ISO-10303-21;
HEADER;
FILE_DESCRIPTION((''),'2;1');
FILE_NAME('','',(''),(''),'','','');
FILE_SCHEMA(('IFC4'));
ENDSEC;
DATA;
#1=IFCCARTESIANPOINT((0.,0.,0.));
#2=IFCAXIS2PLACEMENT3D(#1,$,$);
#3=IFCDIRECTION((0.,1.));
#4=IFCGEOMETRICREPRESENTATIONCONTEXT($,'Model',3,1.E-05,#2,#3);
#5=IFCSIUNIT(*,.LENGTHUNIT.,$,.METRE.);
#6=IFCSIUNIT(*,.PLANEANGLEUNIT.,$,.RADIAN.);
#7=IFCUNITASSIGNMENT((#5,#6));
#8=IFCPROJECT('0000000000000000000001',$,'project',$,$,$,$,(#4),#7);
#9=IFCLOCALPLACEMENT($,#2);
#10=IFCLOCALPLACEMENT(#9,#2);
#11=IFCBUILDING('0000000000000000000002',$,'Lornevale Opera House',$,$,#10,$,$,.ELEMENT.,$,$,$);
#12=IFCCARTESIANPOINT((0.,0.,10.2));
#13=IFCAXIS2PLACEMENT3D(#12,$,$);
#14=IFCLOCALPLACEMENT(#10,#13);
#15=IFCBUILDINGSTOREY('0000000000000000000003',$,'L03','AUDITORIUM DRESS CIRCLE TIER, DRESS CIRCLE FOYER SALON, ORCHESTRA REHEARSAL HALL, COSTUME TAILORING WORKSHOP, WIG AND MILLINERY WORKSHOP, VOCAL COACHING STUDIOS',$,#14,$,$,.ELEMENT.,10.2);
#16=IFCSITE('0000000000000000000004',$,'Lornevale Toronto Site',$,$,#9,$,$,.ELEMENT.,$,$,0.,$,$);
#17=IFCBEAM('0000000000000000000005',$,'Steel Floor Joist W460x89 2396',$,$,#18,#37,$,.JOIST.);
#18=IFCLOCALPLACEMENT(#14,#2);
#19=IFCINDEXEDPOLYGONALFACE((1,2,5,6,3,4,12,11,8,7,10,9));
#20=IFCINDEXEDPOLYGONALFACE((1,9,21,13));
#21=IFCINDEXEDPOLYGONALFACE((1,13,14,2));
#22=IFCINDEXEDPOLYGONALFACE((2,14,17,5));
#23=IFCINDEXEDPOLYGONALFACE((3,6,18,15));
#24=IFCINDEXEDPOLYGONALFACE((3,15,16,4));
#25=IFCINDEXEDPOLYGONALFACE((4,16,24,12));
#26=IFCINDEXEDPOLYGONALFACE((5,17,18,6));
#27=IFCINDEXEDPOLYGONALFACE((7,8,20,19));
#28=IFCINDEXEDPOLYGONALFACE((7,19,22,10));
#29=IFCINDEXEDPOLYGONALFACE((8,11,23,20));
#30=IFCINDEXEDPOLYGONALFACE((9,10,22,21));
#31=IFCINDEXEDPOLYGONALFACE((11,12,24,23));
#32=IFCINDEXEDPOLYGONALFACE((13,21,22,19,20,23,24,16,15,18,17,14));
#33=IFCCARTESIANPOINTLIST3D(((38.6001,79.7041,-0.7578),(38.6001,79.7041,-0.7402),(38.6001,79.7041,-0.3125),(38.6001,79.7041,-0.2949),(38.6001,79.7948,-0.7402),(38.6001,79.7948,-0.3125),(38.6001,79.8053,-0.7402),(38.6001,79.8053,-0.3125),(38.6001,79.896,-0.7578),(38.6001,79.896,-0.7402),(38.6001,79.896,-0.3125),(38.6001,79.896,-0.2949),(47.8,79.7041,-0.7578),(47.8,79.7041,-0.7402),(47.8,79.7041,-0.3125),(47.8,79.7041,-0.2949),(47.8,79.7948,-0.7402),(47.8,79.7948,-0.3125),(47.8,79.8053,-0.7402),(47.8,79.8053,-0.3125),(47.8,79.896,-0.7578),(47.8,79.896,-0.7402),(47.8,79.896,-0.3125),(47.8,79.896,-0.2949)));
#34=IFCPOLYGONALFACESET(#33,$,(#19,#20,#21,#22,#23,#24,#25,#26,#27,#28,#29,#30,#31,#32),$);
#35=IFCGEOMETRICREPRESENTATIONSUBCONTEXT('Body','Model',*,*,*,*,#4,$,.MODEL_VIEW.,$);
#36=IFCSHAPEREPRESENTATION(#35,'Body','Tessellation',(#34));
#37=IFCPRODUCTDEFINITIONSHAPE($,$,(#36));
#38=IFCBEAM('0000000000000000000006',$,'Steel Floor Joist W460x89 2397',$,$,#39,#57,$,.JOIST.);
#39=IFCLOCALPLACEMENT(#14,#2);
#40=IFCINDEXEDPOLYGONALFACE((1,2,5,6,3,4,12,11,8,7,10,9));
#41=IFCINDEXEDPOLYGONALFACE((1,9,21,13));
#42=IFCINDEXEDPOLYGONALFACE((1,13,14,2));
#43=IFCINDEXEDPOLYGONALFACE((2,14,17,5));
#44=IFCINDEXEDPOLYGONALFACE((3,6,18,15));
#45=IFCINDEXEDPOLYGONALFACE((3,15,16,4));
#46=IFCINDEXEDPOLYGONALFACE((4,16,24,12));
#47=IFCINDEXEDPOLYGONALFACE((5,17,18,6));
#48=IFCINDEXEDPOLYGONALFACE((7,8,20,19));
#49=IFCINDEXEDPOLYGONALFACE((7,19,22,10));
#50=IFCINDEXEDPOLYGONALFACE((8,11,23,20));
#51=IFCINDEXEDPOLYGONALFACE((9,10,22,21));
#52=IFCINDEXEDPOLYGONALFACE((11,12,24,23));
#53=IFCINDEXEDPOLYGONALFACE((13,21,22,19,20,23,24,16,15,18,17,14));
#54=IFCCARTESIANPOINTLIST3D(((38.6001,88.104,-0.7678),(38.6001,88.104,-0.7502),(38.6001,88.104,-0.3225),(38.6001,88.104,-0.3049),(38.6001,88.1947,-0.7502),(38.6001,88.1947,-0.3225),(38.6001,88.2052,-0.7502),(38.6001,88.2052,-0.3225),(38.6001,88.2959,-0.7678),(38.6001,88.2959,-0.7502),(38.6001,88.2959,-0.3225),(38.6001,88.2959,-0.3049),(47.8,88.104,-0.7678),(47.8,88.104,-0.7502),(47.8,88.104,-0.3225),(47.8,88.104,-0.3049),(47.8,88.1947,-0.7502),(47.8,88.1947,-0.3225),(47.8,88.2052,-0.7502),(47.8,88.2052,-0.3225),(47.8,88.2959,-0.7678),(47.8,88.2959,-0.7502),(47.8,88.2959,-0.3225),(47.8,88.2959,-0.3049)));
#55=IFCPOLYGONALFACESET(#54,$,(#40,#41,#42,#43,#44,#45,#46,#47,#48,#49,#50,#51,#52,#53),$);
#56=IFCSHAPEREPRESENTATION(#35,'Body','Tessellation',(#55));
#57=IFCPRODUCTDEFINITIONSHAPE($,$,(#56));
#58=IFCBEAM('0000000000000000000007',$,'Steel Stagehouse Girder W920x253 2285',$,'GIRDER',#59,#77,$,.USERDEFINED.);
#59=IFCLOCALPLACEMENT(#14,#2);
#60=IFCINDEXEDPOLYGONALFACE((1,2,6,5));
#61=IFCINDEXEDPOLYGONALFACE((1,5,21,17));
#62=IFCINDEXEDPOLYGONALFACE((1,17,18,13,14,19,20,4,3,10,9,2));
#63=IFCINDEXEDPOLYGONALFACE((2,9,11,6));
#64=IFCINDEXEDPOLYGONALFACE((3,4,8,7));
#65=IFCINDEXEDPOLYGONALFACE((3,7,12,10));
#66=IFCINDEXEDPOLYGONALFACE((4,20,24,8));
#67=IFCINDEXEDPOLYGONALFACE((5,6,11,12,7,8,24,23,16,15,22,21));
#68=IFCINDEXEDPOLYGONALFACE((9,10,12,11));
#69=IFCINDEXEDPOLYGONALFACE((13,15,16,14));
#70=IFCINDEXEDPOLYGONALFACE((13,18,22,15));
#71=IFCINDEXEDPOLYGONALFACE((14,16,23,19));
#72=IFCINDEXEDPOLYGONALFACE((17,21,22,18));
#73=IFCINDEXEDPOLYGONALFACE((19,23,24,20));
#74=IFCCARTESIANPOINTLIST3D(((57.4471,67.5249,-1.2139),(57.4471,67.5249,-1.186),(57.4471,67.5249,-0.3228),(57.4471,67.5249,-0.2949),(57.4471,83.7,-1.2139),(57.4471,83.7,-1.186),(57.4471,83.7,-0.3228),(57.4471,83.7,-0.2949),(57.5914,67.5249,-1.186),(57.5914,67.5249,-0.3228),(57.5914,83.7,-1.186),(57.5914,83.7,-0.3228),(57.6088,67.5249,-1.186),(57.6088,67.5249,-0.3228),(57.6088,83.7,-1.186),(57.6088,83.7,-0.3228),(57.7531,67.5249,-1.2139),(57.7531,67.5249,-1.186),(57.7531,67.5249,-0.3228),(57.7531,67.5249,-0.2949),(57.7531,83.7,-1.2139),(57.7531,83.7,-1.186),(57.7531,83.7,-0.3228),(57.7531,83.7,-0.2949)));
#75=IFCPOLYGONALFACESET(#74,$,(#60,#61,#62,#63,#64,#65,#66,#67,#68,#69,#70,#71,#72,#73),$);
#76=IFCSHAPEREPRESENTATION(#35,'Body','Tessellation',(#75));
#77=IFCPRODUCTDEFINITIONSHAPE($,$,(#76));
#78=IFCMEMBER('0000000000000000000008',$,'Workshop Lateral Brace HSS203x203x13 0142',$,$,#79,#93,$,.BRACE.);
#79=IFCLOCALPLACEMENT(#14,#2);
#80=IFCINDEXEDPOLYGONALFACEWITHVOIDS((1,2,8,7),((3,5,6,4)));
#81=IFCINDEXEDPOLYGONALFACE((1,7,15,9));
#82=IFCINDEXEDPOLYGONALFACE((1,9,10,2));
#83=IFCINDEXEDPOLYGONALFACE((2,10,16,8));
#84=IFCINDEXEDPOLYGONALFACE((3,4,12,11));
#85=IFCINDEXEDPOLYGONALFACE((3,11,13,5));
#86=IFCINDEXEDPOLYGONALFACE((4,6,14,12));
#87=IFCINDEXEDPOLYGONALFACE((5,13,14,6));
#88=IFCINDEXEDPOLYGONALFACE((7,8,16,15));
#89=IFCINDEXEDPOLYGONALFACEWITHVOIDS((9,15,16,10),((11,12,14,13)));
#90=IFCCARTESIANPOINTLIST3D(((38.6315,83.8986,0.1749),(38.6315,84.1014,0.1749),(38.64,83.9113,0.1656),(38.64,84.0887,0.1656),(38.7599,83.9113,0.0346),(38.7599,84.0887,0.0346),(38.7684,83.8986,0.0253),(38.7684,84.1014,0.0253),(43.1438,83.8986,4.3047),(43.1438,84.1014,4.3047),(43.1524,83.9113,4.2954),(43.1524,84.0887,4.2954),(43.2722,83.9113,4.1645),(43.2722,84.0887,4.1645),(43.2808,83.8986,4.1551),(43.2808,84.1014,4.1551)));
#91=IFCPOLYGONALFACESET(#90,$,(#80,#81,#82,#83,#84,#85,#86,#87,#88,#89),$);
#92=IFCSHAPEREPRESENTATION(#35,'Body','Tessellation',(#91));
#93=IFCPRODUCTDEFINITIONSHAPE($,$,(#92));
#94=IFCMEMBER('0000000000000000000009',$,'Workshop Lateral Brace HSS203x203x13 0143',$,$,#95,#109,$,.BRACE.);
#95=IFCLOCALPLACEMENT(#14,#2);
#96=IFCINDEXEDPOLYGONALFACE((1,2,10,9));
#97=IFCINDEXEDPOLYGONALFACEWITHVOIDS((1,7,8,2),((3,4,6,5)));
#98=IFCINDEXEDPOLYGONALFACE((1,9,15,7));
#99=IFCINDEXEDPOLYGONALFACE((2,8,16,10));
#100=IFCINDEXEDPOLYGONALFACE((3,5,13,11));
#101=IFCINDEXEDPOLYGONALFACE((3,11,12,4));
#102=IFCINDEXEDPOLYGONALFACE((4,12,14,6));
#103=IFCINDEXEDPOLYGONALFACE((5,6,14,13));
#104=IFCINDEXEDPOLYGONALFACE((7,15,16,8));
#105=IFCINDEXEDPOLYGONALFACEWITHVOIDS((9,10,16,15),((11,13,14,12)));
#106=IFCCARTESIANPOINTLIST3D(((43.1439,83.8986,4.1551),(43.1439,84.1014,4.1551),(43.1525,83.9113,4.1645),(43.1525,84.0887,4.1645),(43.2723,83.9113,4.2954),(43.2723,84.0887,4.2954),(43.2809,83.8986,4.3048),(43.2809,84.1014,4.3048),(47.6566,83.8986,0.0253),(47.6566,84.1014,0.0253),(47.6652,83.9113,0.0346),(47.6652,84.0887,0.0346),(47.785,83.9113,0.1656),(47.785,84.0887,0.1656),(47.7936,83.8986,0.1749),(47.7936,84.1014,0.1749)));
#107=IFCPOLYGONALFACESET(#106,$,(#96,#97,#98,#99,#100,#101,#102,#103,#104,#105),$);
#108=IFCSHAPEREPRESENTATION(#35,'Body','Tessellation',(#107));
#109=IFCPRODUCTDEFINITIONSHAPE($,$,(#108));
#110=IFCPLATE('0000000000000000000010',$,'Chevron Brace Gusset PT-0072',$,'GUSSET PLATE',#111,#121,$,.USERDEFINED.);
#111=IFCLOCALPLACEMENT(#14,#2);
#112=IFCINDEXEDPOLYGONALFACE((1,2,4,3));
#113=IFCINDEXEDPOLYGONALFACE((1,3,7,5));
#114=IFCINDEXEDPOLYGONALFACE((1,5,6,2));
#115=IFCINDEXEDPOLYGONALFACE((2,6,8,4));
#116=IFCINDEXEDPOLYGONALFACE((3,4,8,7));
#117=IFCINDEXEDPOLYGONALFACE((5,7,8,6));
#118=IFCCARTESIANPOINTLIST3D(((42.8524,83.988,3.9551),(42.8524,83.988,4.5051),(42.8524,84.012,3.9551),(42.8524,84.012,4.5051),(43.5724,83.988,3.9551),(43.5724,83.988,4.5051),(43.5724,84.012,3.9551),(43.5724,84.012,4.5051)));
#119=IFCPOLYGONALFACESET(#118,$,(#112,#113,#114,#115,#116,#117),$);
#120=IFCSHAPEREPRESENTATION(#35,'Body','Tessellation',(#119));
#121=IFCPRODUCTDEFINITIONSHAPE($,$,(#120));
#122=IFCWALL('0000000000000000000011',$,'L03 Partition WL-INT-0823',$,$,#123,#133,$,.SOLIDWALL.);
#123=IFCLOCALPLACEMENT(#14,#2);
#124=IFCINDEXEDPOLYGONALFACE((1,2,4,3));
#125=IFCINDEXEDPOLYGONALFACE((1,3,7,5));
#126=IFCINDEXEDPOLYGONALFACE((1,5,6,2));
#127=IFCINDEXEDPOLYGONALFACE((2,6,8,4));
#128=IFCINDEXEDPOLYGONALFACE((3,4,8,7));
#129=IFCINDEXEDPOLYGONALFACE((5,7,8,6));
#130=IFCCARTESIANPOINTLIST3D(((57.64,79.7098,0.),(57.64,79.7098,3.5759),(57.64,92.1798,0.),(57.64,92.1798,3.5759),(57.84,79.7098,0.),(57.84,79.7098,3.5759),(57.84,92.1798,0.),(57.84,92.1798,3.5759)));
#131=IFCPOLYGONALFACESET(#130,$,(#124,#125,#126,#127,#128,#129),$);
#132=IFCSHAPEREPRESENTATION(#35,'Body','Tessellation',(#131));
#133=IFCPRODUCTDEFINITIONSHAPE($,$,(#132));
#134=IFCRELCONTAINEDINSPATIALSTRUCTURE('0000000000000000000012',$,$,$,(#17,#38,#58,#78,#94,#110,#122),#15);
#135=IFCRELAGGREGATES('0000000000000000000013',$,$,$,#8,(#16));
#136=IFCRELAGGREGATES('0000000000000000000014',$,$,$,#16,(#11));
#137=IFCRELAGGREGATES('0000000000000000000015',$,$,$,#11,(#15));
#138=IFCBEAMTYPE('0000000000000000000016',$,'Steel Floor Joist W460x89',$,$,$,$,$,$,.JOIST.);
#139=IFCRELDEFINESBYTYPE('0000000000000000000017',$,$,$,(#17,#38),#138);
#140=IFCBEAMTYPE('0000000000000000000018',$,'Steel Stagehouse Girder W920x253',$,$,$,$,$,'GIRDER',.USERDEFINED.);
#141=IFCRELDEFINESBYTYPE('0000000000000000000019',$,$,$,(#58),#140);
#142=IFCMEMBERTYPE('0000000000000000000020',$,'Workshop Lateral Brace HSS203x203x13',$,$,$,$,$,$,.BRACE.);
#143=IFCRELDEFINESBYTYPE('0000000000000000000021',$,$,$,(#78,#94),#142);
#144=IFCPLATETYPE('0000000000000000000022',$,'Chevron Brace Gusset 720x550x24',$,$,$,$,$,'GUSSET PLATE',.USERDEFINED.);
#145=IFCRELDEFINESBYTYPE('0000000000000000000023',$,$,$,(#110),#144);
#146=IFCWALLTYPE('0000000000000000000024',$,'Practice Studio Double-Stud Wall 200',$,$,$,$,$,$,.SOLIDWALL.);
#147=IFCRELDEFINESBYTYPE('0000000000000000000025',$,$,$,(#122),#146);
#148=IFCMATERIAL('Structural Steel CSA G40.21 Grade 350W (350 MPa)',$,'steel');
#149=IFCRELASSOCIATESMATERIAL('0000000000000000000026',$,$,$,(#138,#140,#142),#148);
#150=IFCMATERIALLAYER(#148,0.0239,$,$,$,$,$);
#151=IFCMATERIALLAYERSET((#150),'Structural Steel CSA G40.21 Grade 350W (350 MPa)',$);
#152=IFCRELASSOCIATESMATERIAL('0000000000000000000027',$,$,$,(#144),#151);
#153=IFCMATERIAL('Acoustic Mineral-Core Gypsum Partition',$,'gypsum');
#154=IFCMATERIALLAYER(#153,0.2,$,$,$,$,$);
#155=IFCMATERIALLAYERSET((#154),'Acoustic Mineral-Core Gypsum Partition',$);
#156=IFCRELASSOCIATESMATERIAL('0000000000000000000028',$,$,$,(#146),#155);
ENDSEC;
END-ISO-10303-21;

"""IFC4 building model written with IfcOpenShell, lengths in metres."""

from ifc_helpers import new_model, si_unit, direction, frame, frame_2d, origin, origin_2d, place, context, subcontext, project, spatial, rectangle, hollow_rectangle, i_section, extrude, material, layer, layer_set, material_profile, profile_set, type_object, element, save


model = new_model("IFC4")

# Units and contexts
model_context = context("Model", 3, precision=1e-05, world=origin(), true_north=direction((0.0, 1.0)))
body_context = subcontext(model_context, "Body", "Model", "MODEL_VIEW")
ifc_project = project(units=[si_unit("LENGTHUNIT", "METRE"), si_unit("PLANEANGLEUNIT", "RADIAN")], contexts=[model_context])

# Site, building, storey
site_placement = place(None, origin())
site = spatial("IfcSite", under=ifc_project, at=site_placement, Name="Lornevale Toronto Site", CompositionType="ELEMENT", RefElevation=0.0)
building_placement = place(site_placement, origin())
building = spatial("IfcBuilding", under=site, at=building_placement, Name="Lornevale Opera House", CompositionType="ELEMENT")
storey_placement = place(building_placement, frame((0.0, 0.0, 10.2)))
storey = spatial("IfcBuildingStorey", under=building, at=storey_placement, Name="L03", Description="AUDITORIUM DRESS CIRCLE TIER, DRESS CIRCLE FOYER SALON, ORCHESTRA REHEARSAL HALL, COSTUME TAILORING WORKSHOP, WIG AND MILLINERY WORKSHOP, VOCAL COACHING STUDIOS", CompositionType="ELEMENT", Elevation=10.2)

# Beams
ifc_material_1 = material(Name="Structural Steel CSA G40.21 Grade 350W (350 MPa)", Category="steel")
ifc_material_profile_1 = material_profile(ifc_material_1, i_section(OverallWidth=0.1919, OverallDepth=0.4629, WebThickness=0.0105, FlangeThickness=0.0176, at=origin_2d()), Name="W460x89")
ifc_profile_set_1 = profile_set([ifc_material_profile_1], Name="Structural Steel CSA G40.21 Grade 350W (350 MPa)")
beam_type_1 = type_object("IfcBeamType", Name="Steel Floor Joist W460x89", PredefinedType="JOIST", material=ifc_profile_set_1)
for number, where, z_axis, x_axis, name in (
    (1, (38.6001, 79.8, -0.5264), (1.0, 0.0, 0.0), (0.0, 1.0, 0.0), "Steel Floor Joist W460x89 2396"),
    (2, (38.6001, 88.2, -0.5364), (1.0, 0.0, 0.0), (0.0, 1.0, 0.0), "Steel Floor Joist W460x89 2397"),
):
    element("IfcBeam", number, at=place(storey_placement, frame(where, z_axis=z_axis, x_axis=x_axis)), inside=storey, type_object=beam_type_1, Name=name, PredefinedType="JOIST", context=body_context, shape_type="SweptSolid", body=[
        extrude(i_section(OverallWidth=0.1919, OverallDepth=0.4629, WebThickness=0.0105, FlangeThickness=0.0176, at=origin_2d()), origin(), (0.0, 0.0, 1.0), 9.2),
    ])
ifc_material_profile_2 = material_profile(ifc_material_1, i_section(OverallWidth=0.3059, OverallDepth=0.9189, WebThickness=0.0173, FlangeThickness=0.0278, at=origin_2d()), Name="W920x253")
ifc_profile_set_2 = profile_set([ifc_material_profile_2], Name="Structural Steel CSA G40.21 Grade 350W (350 MPa)")
beam_type_2 = type_object("IfcBeamType", Name="Steel Stagehouse Girder W920x253", ElementType="GIRDER", PredefinedType="USERDEFINED", material=ifc_profile_set_2)
beam_1_placement = place(storey_placement, frame((57.6001, 67.5249, -0.7544), z_axis=(0.0, 1.0, 0.0), x_axis=(-1.0, 0.0, 0.0)))
element("IfcBeam", 3, at=beam_1_placement, inside=storey, type_object=beam_type_2, Name="Steel Stagehouse Girder W920x253 2285", ObjectType="GIRDER", PredefinedType="USERDEFINED", context=body_context, shape_type="SweptSolid", body=[
    extrude(i_section(OverallWidth=0.3059, OverallDepth=0.9189, WebThickness=0.0173, FlangeThickness=0.0278, at=origin_2d()), origin(), (0.0, 0.0, 1.0), 16.175),
])

# Members
ifc_material_profile_3 = material_profile(ifc_material_1, hollow_rectangle(XDim=0.2029, YDim=0.2029, WallThickness=0.0127, at=origin_2d()), Name="HSS203x203x13")
ifc_profile_set_3 = profile_set([ifc_material_profile_3], Name="Structural Steel CSA G40.21 Grade 350W (350 MPa)")
member_type = type_object("IfcMemberType", Name="Workshop Lateral Brace HSS203x203x13", PredefinedType="BRACE", material=ifc_profile_set_3)
member_1_placement = place(storey_placement, frame((38.7, 84.0, 0.1001), z_axis=(0.737686, 0.0, 0.675144), x_axis=(0.0, 1.0, 0.0)))
element("IfcMember", 4, at=member_1_placement, inside=storey, type_object=member_type, Name="Workshop Lateral Brace HSS203x203x13 0142", PredefinedType="BRACE", context=body_context, shape_type="SweptSolid", body=[
    extrude(hollow_rectangle(XDim=0.2029, YDim=0.2029, WallThickness=0.0127, at=origin_2d()), origin(), (0.0, 0.0, 1.0), 6.1169),
])
member_2_placement = place(storey_placement, frame((47.7251, 84.0, 0.1001), z_axis=(-0.737704, 0.0, 0.675124), x_axis=(0.0, -1.0, 0.0)))
element("IfcMember", 5, at=member_2_placement, inside=storey, type_object=member_type, Name="Workshop Lateral Brace HSS203x203x13 0143", PredefinedType="BRACE", context=body_context, shape_type="SweptSolid", body=[
    extrude(hollow_rectangle(XDim=0.2029, YDim=0.2029, WallThickness=0.0127, at=origin_2d()), origin(), (0.0, 0.0, 1.0), 6.1172),
])

# Plate
ifc_layer_1 = layer(ifc_material_1, 0.0239)
ifc_layer_set_1 = layer_set([ifc_layer_1], Name="Structural Steel CSA G40.21 Grade 350W (350 MPa)")
plate_type = type_object("IfcPlateType", Name="Chevron Brace Gusset 720x550x24", ElementType="GUSSET PLATE", PredefinedType="USERDEFINED", material=ifc_layer_set_1)
plate_placement = place(storey_placement, frame((43.2124, 84.0, 3.9551), z_axis=(0.0, 0.0, 1.0), x_axis=(1.0, 0.0, 0.0)))
element("IfcPlate", 6, at=plate_placement, inside=storey, type_object=plate_type, Name="Chevron Brace Gusset PT-0072", ObjectType="GUSSET PLATE", PredefinedType="USERDEFINED", context=body_context, shape_type="SweptSolid", body=[
    extrude(rectangle(XDim=0.72, YDim=0.0239, at=origin_2d()), origin(), (0.0, 0.0, 1.0), 0.55),
])

# Wall
ifc_material_2 = material(Name="Acoustic Mineral-Core Gypsum Partition", Category="gypsum")
ifc_layer_2 = layer(ifc_material_2, 0.2)
ifc_layer_set_2 = layer_set([ifc_layer_2], Name="Acoustic Mineral-Core Gypsum Partition")
wall_type = type_object("IfcWallType", Name="Practice Studio Double-Stud Wall 200", PredefinedType="SOLIDWALL", material=ifc_layer_set_2)
wall_placement = place(storey_placement, frame((57.74, 79.71, 0.0), z_axis=(0.0, 0.0, 1.0), x_axis=(0.0, 1.0, 0.0)))
element("IfcWall", 7, at=wall_placement, inside=storey, type_object=wall_type, Name="L03 Partition WL-INT-0823", PredefinedType="SOLIDWALL", context=body_context, shape_type="SweptSolid", body=[
    extrude(rectangle(XDim=12.47, YDim=0.2, at=frame_2d((6.2349, 0.0))), origin(), (0.0, 0.0, 1.0), 3.5759),
])

save(model, "model.ifc")
